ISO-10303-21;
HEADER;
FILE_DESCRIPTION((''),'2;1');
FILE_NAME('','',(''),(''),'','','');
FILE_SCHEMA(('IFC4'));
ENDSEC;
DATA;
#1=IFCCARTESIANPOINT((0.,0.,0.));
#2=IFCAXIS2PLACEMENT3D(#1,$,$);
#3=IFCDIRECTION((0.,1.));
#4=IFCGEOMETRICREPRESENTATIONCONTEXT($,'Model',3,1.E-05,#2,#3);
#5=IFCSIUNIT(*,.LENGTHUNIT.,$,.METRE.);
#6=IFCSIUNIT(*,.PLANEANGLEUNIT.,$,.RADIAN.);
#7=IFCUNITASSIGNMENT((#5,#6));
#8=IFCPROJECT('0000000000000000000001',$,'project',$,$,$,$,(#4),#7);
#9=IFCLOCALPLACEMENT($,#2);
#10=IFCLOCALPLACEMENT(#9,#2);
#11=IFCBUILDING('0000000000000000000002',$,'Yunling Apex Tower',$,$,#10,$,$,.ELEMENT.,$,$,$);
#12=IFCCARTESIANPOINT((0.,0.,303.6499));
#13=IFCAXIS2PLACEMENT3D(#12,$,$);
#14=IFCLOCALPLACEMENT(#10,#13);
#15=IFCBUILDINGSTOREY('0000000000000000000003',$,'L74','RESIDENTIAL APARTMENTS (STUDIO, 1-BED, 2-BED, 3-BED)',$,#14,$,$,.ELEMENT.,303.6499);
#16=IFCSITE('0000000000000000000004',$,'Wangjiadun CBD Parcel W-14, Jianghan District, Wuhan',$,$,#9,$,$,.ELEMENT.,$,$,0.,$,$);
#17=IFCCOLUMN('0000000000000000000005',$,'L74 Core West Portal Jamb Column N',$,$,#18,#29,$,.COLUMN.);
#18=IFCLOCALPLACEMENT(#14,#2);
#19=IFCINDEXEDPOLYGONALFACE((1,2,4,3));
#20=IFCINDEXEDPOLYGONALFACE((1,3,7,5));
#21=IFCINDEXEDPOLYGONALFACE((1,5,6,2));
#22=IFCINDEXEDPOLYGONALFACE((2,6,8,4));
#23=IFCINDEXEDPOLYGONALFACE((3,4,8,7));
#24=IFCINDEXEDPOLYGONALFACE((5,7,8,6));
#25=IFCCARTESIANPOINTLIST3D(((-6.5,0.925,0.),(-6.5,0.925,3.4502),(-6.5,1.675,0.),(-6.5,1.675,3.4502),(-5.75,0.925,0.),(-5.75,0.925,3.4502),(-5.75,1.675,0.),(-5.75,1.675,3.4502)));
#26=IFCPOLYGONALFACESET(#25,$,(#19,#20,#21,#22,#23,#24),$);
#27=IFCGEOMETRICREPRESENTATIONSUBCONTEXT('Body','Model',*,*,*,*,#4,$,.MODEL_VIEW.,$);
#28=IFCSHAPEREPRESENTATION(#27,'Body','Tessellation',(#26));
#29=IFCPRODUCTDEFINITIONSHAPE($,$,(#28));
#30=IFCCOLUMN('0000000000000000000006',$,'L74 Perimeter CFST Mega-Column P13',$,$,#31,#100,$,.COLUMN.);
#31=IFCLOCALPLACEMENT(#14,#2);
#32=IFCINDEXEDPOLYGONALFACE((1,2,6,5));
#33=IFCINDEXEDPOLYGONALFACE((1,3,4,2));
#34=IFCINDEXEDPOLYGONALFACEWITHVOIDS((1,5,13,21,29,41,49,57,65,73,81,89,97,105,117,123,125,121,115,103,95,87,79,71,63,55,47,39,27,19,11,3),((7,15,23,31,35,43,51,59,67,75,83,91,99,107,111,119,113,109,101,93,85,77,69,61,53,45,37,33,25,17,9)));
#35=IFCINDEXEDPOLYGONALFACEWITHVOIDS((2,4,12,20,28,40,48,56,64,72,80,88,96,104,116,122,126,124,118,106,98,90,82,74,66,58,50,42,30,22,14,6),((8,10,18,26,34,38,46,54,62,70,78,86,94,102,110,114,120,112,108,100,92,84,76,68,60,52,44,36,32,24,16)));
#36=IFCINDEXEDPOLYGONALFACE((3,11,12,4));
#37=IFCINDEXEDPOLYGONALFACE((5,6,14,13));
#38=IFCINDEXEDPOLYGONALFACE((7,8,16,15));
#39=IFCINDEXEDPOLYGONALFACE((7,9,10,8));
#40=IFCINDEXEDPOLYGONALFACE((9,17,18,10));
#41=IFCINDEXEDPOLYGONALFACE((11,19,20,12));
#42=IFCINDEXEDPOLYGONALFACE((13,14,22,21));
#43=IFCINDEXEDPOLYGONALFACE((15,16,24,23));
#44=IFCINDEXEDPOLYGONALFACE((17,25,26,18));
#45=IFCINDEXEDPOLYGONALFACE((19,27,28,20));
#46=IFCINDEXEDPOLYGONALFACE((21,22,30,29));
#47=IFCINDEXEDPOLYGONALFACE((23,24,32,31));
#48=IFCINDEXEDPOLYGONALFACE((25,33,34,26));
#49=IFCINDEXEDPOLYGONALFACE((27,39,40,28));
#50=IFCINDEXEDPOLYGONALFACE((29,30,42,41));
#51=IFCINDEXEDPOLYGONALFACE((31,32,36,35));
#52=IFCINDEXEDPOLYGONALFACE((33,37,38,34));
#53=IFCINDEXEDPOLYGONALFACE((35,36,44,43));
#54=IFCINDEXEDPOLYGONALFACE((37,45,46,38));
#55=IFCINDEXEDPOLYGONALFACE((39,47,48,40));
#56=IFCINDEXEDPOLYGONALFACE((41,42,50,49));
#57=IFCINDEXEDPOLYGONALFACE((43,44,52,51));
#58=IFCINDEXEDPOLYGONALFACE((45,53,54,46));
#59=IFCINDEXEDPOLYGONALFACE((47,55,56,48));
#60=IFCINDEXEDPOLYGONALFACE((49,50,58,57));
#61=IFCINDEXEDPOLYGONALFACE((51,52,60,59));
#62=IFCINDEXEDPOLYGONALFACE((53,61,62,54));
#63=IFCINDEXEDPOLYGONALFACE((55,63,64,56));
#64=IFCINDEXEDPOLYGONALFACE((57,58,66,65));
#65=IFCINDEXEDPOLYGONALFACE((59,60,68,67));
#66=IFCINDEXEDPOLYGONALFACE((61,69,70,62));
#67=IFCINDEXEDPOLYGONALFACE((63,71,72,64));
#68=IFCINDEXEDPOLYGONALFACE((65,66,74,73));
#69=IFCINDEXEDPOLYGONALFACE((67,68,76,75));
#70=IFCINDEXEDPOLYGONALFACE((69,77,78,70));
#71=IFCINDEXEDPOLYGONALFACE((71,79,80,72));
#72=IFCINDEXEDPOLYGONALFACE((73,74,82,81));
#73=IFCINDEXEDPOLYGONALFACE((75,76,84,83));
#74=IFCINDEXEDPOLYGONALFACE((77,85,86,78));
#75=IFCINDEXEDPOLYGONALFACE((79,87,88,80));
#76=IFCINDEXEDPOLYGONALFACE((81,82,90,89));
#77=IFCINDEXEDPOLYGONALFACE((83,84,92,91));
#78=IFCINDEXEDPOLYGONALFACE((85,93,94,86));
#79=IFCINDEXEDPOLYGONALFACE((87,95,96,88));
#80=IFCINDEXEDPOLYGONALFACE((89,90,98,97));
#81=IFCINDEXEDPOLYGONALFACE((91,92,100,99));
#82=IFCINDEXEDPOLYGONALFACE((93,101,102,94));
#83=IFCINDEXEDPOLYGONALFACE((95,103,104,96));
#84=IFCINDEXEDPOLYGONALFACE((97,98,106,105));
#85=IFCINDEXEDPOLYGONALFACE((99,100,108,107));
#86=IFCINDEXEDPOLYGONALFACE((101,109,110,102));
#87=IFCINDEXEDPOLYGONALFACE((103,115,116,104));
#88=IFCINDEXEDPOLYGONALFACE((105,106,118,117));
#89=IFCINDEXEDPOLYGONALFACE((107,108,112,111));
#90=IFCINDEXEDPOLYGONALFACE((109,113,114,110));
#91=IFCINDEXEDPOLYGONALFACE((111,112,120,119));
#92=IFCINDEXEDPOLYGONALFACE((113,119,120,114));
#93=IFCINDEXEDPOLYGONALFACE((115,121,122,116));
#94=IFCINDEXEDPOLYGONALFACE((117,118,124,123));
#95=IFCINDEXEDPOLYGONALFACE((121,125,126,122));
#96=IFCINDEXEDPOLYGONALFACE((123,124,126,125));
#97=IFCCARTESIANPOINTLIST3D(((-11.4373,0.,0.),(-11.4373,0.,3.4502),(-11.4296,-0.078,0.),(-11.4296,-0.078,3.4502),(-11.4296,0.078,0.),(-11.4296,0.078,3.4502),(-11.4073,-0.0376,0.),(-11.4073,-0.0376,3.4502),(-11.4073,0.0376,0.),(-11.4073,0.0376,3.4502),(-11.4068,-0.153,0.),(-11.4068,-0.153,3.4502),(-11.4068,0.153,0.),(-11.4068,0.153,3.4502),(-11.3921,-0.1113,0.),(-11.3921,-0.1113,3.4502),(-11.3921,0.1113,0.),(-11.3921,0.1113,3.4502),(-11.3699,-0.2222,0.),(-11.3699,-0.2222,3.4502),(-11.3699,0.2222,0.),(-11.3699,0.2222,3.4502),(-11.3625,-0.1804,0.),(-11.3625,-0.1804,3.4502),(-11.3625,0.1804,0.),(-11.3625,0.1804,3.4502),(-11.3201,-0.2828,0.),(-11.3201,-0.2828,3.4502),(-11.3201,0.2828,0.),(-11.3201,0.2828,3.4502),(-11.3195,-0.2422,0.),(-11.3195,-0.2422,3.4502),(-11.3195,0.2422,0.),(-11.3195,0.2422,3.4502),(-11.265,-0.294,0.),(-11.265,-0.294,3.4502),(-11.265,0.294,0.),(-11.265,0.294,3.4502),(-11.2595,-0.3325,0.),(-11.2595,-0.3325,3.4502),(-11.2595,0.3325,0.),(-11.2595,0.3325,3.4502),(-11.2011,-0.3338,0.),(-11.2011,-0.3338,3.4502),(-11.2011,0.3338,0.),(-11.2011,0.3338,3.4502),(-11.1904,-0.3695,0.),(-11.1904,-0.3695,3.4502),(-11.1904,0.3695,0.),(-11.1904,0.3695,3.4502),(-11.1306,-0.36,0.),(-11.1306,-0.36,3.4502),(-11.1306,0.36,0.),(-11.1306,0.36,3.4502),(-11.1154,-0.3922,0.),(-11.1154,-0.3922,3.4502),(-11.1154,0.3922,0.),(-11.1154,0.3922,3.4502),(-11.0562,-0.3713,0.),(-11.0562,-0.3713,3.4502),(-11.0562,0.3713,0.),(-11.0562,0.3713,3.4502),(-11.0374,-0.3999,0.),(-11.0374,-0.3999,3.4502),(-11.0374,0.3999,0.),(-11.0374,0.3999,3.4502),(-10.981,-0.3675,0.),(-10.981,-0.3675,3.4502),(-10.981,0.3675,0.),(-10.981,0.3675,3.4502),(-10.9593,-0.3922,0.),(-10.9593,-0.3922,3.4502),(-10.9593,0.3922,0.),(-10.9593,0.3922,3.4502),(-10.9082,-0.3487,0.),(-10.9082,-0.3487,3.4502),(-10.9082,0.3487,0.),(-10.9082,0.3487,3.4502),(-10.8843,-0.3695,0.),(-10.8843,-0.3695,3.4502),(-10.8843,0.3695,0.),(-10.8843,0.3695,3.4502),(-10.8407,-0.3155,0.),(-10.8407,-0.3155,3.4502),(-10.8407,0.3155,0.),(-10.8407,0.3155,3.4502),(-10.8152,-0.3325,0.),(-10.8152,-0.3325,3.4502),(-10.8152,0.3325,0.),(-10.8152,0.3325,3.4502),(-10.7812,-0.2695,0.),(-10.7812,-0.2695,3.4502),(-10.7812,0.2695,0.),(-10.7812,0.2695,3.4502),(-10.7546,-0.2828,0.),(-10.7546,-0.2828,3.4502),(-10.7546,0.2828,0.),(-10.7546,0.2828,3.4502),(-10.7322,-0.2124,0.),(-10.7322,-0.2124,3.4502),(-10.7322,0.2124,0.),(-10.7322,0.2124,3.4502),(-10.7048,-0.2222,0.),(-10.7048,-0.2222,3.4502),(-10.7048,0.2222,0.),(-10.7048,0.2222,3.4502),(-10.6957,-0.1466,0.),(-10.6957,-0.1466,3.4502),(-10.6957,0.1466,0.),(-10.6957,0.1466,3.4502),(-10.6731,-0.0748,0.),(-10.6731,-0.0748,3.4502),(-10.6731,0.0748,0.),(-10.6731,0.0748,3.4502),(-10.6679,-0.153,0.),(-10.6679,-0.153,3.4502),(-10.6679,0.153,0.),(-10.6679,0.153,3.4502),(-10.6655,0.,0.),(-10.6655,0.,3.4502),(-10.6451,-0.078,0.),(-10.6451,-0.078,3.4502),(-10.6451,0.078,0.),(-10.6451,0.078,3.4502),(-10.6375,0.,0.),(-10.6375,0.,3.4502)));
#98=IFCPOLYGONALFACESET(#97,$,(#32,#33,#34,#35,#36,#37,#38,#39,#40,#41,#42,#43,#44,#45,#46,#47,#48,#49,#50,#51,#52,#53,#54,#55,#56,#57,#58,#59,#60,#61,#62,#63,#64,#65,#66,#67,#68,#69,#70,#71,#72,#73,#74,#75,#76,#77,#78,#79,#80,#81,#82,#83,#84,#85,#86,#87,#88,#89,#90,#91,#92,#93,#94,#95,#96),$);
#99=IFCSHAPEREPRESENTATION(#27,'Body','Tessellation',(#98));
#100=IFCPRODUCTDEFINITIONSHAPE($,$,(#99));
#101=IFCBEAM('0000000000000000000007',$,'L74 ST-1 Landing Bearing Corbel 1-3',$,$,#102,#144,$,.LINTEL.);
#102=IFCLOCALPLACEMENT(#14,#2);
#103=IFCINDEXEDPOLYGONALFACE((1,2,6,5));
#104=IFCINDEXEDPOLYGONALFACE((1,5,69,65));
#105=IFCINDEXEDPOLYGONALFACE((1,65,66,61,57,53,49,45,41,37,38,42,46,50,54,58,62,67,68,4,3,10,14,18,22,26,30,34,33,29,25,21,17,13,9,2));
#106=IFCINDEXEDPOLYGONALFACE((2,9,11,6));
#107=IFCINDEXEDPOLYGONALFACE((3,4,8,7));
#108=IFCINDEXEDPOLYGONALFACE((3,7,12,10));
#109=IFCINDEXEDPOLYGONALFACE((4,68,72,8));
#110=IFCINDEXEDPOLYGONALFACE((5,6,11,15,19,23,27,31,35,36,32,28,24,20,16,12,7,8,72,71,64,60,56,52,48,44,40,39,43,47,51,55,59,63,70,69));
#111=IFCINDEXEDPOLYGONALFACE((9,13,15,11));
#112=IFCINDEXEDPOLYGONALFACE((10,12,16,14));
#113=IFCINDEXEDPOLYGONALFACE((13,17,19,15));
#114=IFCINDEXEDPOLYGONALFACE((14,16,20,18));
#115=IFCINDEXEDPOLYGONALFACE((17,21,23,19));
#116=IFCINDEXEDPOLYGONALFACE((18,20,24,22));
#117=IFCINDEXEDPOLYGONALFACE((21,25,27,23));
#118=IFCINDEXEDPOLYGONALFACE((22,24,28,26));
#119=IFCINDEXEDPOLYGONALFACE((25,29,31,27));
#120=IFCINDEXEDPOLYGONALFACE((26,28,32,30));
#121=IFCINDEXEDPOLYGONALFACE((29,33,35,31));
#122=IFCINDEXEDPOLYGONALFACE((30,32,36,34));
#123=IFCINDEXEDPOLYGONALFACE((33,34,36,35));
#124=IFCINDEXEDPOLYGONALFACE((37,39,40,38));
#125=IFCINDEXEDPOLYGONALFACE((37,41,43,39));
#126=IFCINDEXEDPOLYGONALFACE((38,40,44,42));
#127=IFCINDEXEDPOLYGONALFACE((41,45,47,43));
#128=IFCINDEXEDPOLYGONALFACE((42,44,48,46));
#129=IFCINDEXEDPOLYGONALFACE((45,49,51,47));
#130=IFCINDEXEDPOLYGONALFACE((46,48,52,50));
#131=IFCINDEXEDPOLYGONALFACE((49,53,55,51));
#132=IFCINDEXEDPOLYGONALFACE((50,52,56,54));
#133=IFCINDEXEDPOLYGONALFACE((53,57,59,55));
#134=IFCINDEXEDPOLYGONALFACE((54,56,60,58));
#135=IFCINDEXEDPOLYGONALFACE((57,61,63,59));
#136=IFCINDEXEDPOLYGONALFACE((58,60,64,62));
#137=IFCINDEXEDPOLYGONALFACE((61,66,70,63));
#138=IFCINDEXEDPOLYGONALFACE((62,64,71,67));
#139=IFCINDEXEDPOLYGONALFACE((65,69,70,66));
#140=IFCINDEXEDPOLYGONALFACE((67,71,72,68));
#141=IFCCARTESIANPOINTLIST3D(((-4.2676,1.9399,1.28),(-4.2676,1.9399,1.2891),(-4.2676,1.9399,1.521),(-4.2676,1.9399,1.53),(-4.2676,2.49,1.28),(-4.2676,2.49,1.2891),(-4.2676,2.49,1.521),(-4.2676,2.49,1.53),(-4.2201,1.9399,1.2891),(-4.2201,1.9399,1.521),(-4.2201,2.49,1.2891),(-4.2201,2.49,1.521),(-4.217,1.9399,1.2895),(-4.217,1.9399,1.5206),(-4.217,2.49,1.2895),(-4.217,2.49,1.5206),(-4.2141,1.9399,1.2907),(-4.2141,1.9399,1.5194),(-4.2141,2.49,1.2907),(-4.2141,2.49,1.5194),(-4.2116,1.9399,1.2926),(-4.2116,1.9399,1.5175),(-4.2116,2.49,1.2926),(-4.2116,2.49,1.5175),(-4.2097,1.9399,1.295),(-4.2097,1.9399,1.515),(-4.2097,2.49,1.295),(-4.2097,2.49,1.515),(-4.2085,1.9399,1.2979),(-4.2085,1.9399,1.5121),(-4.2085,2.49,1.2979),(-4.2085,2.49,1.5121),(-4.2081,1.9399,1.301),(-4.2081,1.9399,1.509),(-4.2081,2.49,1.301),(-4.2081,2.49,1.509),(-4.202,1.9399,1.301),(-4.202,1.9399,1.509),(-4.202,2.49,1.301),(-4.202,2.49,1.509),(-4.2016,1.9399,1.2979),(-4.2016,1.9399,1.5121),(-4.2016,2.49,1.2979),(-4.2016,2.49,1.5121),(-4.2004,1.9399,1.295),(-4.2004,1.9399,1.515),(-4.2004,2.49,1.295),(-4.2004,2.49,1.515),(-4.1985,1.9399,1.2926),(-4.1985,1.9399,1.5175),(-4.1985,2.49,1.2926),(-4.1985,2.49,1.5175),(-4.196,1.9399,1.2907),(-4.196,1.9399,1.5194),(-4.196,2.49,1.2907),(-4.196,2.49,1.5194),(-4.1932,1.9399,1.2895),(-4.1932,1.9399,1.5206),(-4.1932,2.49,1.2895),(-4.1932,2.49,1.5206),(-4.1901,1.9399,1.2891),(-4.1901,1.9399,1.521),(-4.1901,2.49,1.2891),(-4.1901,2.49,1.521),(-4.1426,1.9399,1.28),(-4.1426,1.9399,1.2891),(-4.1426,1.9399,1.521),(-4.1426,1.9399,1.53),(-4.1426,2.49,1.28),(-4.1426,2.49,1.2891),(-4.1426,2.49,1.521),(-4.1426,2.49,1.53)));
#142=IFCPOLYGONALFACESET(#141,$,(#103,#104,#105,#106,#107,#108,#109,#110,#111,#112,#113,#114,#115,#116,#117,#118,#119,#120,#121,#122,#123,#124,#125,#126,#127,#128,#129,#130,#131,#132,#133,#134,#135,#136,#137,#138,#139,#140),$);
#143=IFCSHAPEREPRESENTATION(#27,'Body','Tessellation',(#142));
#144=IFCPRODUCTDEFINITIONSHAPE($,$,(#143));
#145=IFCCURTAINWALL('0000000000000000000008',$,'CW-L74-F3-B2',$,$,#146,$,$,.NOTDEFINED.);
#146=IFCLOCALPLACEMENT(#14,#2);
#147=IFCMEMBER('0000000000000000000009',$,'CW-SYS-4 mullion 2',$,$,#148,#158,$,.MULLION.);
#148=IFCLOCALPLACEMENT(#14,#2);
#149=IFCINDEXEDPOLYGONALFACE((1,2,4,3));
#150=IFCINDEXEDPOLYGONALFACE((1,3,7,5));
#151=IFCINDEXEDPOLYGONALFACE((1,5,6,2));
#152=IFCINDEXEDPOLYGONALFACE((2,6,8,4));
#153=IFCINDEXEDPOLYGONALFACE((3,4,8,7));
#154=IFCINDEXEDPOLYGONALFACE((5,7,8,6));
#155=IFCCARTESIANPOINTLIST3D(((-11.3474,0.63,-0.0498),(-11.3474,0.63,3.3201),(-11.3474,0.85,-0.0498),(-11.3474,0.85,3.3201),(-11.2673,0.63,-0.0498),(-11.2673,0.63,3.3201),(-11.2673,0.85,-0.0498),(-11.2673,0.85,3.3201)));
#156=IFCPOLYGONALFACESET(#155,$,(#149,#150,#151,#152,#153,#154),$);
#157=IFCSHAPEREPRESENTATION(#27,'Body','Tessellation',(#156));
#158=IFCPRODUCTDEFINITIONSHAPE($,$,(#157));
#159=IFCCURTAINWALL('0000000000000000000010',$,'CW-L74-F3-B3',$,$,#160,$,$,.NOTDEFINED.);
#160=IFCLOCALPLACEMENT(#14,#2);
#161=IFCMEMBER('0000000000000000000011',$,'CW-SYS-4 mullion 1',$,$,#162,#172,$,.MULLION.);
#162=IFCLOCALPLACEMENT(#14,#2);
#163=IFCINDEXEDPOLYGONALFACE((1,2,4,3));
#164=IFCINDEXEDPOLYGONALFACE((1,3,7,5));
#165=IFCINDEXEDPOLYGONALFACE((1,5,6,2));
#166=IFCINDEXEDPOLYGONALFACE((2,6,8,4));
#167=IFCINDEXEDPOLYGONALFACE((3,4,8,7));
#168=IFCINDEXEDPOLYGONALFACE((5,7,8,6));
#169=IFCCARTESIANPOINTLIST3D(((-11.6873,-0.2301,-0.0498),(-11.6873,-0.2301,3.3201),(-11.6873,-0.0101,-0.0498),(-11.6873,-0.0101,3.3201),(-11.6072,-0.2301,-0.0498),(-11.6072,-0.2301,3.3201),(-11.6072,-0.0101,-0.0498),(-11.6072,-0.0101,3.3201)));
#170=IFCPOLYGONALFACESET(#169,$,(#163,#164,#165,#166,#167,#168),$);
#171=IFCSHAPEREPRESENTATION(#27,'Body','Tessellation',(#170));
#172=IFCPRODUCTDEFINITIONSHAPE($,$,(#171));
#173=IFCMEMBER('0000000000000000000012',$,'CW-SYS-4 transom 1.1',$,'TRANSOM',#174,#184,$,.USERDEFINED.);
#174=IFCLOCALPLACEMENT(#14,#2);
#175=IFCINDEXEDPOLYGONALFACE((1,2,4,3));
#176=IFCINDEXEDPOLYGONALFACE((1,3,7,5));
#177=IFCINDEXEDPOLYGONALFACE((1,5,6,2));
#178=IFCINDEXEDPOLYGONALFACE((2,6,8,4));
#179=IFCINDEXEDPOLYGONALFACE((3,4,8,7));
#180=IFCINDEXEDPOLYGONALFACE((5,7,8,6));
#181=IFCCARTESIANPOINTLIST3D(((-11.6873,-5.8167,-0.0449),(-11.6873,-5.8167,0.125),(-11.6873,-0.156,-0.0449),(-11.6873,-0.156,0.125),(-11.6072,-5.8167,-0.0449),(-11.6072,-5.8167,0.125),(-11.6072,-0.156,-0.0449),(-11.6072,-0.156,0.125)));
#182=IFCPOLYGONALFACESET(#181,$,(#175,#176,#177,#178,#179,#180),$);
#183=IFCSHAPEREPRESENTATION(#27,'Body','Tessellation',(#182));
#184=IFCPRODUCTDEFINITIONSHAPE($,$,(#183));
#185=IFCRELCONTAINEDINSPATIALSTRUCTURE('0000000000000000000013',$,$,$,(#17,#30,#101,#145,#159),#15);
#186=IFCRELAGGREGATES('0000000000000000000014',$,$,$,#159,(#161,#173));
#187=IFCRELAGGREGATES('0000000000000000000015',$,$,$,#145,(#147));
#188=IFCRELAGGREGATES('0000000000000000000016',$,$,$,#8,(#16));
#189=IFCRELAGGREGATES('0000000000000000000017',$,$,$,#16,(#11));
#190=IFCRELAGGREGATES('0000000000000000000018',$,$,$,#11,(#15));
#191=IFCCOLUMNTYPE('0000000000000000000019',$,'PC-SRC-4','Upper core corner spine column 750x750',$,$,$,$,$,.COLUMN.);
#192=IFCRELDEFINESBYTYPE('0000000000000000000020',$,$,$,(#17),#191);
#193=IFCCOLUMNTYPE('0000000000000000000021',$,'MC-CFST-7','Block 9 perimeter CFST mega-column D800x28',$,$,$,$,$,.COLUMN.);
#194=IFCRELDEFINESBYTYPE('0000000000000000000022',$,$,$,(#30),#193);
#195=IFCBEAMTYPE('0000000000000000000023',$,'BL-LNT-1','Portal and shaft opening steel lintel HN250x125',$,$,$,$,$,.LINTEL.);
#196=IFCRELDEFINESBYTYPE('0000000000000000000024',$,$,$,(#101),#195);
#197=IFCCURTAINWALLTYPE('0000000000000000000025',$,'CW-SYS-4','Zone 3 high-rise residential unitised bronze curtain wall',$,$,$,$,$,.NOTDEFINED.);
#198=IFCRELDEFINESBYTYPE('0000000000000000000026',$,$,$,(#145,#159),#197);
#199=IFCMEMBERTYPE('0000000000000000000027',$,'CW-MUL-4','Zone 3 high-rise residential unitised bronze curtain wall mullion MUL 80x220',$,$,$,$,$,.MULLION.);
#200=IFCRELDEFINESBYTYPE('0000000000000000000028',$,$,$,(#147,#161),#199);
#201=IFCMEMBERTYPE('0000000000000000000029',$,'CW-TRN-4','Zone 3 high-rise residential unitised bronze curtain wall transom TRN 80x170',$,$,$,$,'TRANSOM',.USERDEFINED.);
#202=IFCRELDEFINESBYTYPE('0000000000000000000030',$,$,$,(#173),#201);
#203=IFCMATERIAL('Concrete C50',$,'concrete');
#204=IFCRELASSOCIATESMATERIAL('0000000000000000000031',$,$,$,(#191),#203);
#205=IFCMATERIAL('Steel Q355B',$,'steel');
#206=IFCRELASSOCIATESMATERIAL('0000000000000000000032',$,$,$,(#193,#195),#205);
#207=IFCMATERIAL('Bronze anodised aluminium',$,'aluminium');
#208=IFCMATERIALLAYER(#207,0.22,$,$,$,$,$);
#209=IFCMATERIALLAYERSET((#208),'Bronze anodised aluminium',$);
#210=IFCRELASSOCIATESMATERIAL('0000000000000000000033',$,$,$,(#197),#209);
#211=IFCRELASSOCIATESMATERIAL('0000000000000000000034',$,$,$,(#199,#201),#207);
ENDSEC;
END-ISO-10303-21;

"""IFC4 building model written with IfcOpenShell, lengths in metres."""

from ifc_helpers import new_model, si_unit, direction, frame, origin, origin_2d, place, context, subcontext, project, spatial, rectangle, hollow_circle, i_section, extrude, source, transform, mapped, material, layer, layer_set, material_profile, profile_set, type_object, element, aggregate, save


model = new_model("IFC4")

# Units and contexts
model_context = context("Model", 3, precision=1e-05, world=origin(), true_north=direction((0.0, 1.0)))
body_context = subcontext(model_context, "Body", "Model", "MODEL_VIEW")
ifc_project = project(units=[si_unit("LENGTHUNIT", "METRE"), si_unit("PLANEANGLEUNIT", "RADIAN")], contexts=[model_context])

# Site, building, storey
site_placement = place(None, origin())
site = spatial("IfcSite", under=ifc_project, at=site_placement, Name="Wangjiadun CBD Parcel W-14, Jianghan District, Wuhan", CompositionType="ELEMENT", RefElevation=0.0)
building_placement = place(site_placement, origin())
building = spatial("IfcBuilding", under=site, at=building_placement, Name="Yunling Apex Tower", CompositionType="ELEMENT")
storey_placement = place(building_placement, frame((0.0, 0.0, 303.6499)))
storey = spatial("IfcBuildingStorey", under=building, at=storey_placement, Name="L74", Description="RESIDENTIAL APARTMENTS (STUDIO, 1-BED, 2-BED, 3-BED)", CompositionType="ELEMENT", Elevation=303.6499)

# Columns
ifc_material_1 = material(Name="Concrete C50", Category="concrete")
ifc_material_profile_1 = material_profile(ifc_material_1, rectangle(XDim=0.75, YDim=0.75, at=origin_2d()))
ifc_profile_set_1 = profile_set([ifc_material_profile_1], Name="Concrete C50")
column_type_1 = type_object("IfcColumnType", Name="PC-SRC-4", Description="Upper core corner spine column 750x750", PredefinedType="COLUMN", material=ifc_profile_set_1)
shared_shape_1 = source(origin(), body_context, "Body", "SweptSolid", [
    extrude(rectangle(XDim=0.75, YDim=0.75, at=origin_2d()), origin(), (0.0, 0.0, 1.0), 3.4502),
])
column_1_placement = place(storey_placement, frame((-6.125, 1.3, 0.0), z_axis=(0.0, 0.0, 1.0), x_axis=(1.0, 0.0, 0.0)))
element("IfcColumn", 1, at=column_1_placement, inside=storey, type_object=column_type_1, Name="L74 Core West Portal Jamb Column N", PredefinedType="COLUMN", context=body_context, shape_type="MappedRepresentation", body=[
    mapped(shared_shape_1, transform((0.0, 0.0, 0.0), scale=1.0)),
])
ifc_material_2 = material(Name="Steel Q355B", Category="steel")
ifc_material_profile_2 = material_profile(ifc_material_2, hollow_circle(Radius=0.3999, WallThickness=0.0281, at=origin_2d()))
ifc_profile_set_2 = profile_set([ifc_material_profile_2], Name="Steel Q355B")
column_type_2 = type_object("IfcColumnType", Name="MC-CFST-7", Description="Block 9 perimeter CFST mega-column D800x28", PredefinedType="COLUMN", material=ifc_profile_set_2)
shared_shape_2 = source(origin(), body_context, "Body", "SweptSolid", [
    extrude(hollow_circle(Radius=0.3999, WallThickness=0.0281, at=origin_2d()), origin(), (0.0, 0.0, 1.0), 3.4502),
])
column_2_placement = place(storey_placement, frame((-11.0374, 0.0, 0.0), z_axis=(0.0, 0.0, 1.0), x_axis=(1.0, 0.0, 0.0)))
element("IfcColumn", 2, at=column_2_placement, inside=storey, type_object=column_type_2, Name="L74 Perimeter CFST Mega-Column P13", PredefinedType="COLUMN", context=body_context, shape_type="MappedRepresentation", body=[
    mapped(shared_shape_2, transform((0.0, 0.0, 0.0), scale=1.0)),
])

# Beam
ifc_material_profile_3 = material_profile(ifc_material_2, i_section(OverallWidth=0.125, OverallDepth=0.25, WebThickness=0.0061, FlangeThickness=0.009, FilletRadius=0.012, at=origin_2d()))
ifc_profile_set_3 = profile_set([ifc_material_profile_3], Name="Steel Q355B")
beam_type = type_object("IfcBeamType", Name="BL-LNT-1", Description="Portal and shaft opening steel lintel HN250x125", PredefinedType="LINTEL", material=ifc_profile_set_3)
shared_shape_3 = source(origin(), body_context, "Body", "SweptSolid", [
    extrude(i_section(OverallWidth=0.125, OverallDepth=0.25, WebThickness=0.0061, FlangeThickness=0.009, FilletRadius=0.012, at=origin_2d()), origin(), (0.0, 0.0, 1.0), 0.55),
])
beam_placement = place(storey_placement, frame((-4.2051, 1.9399, 1.405), z_axis=(0.0, 1.0, 0.0), x_axis=(-1.0, 0.0, 0.0)))
element("IfcBeam", 3, at=beam_placement, inside=storey, type_object=beam_type, Name="L74 ST-1 Landing Bearing Corbel 1-3", PredefinedType="LINTEL", context=body_context, shape_type="MappedRepresentation", body=[
    mapped(shared_shape_3, transform((0.0, 0.0, 0.0), scale=1.0)),
])

# Curtain wall, member
ifc_material_3 = material(Name="Bronze anodised aluminium", Category="aluminium")
ifc_layer_1 = layer(ifc_material_3, 0.22)
ifc_layer_set_1 = layer_set([ifc_layer_1], Name="Bronze anodised aluminium")
curtain_wall_type = type_object("IfcCurtainWallType", Name="CW-SYS-4", Description="Zone 3 high-rise residential unitised bronze curtain wall", PredefinedType="NOTDEFINED", material=ifc_layer_set_1)
curtain_wall_1_placement = place(storey_placement, origin())
curtain_wall_1 = element("IfcCurtainWall", 4, at=curtain_wall_1_placement, inside=storey, type_object=curtain_wall_type, Name="CW-L74-F3-B2", PredefinedType="NOTDEFINED")
ifc_material_profile_4 = material_profile(ifc_material_3, rectangle(XDim=0.0801, YDim=0.22, at=origin_2d()))
ifc_profile_set_4 = profile_set([ifc_material_profile_4], Name="Bronze anodised aluminium")
member_type_1 = type_object("IfcMemberType", Name="CW-MUL-4", Description="Zone 3 high-rise residential unitised bronze curtain wall mullion MUL 80x220", PredefinedType="MULLION", material=ifc_profile_set_4)
shared_shape_4 = source(origin(), body_context, "Body", "SweptSolid", [
    extrude(rectangle(XDim=0.0801, YDim=0.22, at=origin_2d()), origin(), (0.0, 0.0, 1.0), 3.3699),
])
member_1_placement = place(storey_placement, frame((-11.3074, 0.74, -0.0498), z_axis=(0.0, 0.0, 1.0), x_axis=(1.0, 0.0, 0.0)))
member_1 = element("IfcMember", 5, at=member_1_placement, type_object=member_type_1, Name="CW-SYS-4 mullion 2", PredefinedType="MULLION", context=body_context, shape_type="MappedRepresentation", body=[
    mapped(shared_shape_4, transform((0.0, 0.0, 0.0), scale=1.0)),
])

# Curtain wall, members
curtain_wall_2_placement = place(storey_placement, origin())
curtain_wall_2 = element("IfcCurtainWall", 6, at=curtain_wall_2_placement, inside=storey, type_object=curtain_wall_type, Name="CW-L74-F3-B3", PredefinedType="NOTDEFINED")
member_2_placement = place(storey_placement, frame((-11.6472, -0.1201, -0.0498), z_axis=(0.0, 0.0, 1.0), x_axis=(1.0, 0.0, 0.0)))
member_2 = element("IfcMember", 7, at=member_2_placement, type_object=member_type_1, Name="CW-SYS-4 mullion 1", PredefinedType="MULLION", context=body_context, shape_type="MappedRepresentation", body=[
    mapped(shared_shape_4, transform((0.0, 0.0, 0.0), scale=1.0)),
])
ifc_material_profile_5 = material_profile(ifc_material_3, rectangle(XDim=0.0801, YDim=0.1699, at=origin_2d()))
ifc_profile_set_5 = profile_set([ifc_material_profile_5], Name="Bronze anodised aluminium")
member_type_2 = type_object("IfcMemberType", Name="CW-TRN-4", Description="Zone 3 high-rise residential unitised bronze curtain wall transom TRN 80x170", ElementType="TRANSOM", PredefinedType="USERDEFINED", material=ifc_profile_set_5)
shared_shape_5 = source(origin(), body_context, "Body", "SweptSolid", [
    extrude(rectangle(XDim=0.0801, YDim=0.1699, at=origin_2d()), origin(), (0.0, 0.0, 1.0), 5.6606),
])
member_3_placement = place(storey_placement, frame((-11.6472, -0.156, 0.04), z_axis=(0.0, -1.0, 0.0), x_axis=(1.0, 0.0, 0.0)))
member_3 = element("IfcMember", 8, at=member_3_placement, type_object=member_type_2, Name="CW-SYS-4 transom 1.1", ObjectType="TRANSOM", PredefinedType="USERDEFINED", context=body_context, shape_type="MappedRepresentation", body=[
    mapped(shared_shape_5, transform((0.0, 0.0, 0.0), scale=1.0)),
])
aggregate(curtain_wall_2, [member_2, member_3])

aggregate(curtain_wall_1, [member_1])

save(model, "model.ifc")
